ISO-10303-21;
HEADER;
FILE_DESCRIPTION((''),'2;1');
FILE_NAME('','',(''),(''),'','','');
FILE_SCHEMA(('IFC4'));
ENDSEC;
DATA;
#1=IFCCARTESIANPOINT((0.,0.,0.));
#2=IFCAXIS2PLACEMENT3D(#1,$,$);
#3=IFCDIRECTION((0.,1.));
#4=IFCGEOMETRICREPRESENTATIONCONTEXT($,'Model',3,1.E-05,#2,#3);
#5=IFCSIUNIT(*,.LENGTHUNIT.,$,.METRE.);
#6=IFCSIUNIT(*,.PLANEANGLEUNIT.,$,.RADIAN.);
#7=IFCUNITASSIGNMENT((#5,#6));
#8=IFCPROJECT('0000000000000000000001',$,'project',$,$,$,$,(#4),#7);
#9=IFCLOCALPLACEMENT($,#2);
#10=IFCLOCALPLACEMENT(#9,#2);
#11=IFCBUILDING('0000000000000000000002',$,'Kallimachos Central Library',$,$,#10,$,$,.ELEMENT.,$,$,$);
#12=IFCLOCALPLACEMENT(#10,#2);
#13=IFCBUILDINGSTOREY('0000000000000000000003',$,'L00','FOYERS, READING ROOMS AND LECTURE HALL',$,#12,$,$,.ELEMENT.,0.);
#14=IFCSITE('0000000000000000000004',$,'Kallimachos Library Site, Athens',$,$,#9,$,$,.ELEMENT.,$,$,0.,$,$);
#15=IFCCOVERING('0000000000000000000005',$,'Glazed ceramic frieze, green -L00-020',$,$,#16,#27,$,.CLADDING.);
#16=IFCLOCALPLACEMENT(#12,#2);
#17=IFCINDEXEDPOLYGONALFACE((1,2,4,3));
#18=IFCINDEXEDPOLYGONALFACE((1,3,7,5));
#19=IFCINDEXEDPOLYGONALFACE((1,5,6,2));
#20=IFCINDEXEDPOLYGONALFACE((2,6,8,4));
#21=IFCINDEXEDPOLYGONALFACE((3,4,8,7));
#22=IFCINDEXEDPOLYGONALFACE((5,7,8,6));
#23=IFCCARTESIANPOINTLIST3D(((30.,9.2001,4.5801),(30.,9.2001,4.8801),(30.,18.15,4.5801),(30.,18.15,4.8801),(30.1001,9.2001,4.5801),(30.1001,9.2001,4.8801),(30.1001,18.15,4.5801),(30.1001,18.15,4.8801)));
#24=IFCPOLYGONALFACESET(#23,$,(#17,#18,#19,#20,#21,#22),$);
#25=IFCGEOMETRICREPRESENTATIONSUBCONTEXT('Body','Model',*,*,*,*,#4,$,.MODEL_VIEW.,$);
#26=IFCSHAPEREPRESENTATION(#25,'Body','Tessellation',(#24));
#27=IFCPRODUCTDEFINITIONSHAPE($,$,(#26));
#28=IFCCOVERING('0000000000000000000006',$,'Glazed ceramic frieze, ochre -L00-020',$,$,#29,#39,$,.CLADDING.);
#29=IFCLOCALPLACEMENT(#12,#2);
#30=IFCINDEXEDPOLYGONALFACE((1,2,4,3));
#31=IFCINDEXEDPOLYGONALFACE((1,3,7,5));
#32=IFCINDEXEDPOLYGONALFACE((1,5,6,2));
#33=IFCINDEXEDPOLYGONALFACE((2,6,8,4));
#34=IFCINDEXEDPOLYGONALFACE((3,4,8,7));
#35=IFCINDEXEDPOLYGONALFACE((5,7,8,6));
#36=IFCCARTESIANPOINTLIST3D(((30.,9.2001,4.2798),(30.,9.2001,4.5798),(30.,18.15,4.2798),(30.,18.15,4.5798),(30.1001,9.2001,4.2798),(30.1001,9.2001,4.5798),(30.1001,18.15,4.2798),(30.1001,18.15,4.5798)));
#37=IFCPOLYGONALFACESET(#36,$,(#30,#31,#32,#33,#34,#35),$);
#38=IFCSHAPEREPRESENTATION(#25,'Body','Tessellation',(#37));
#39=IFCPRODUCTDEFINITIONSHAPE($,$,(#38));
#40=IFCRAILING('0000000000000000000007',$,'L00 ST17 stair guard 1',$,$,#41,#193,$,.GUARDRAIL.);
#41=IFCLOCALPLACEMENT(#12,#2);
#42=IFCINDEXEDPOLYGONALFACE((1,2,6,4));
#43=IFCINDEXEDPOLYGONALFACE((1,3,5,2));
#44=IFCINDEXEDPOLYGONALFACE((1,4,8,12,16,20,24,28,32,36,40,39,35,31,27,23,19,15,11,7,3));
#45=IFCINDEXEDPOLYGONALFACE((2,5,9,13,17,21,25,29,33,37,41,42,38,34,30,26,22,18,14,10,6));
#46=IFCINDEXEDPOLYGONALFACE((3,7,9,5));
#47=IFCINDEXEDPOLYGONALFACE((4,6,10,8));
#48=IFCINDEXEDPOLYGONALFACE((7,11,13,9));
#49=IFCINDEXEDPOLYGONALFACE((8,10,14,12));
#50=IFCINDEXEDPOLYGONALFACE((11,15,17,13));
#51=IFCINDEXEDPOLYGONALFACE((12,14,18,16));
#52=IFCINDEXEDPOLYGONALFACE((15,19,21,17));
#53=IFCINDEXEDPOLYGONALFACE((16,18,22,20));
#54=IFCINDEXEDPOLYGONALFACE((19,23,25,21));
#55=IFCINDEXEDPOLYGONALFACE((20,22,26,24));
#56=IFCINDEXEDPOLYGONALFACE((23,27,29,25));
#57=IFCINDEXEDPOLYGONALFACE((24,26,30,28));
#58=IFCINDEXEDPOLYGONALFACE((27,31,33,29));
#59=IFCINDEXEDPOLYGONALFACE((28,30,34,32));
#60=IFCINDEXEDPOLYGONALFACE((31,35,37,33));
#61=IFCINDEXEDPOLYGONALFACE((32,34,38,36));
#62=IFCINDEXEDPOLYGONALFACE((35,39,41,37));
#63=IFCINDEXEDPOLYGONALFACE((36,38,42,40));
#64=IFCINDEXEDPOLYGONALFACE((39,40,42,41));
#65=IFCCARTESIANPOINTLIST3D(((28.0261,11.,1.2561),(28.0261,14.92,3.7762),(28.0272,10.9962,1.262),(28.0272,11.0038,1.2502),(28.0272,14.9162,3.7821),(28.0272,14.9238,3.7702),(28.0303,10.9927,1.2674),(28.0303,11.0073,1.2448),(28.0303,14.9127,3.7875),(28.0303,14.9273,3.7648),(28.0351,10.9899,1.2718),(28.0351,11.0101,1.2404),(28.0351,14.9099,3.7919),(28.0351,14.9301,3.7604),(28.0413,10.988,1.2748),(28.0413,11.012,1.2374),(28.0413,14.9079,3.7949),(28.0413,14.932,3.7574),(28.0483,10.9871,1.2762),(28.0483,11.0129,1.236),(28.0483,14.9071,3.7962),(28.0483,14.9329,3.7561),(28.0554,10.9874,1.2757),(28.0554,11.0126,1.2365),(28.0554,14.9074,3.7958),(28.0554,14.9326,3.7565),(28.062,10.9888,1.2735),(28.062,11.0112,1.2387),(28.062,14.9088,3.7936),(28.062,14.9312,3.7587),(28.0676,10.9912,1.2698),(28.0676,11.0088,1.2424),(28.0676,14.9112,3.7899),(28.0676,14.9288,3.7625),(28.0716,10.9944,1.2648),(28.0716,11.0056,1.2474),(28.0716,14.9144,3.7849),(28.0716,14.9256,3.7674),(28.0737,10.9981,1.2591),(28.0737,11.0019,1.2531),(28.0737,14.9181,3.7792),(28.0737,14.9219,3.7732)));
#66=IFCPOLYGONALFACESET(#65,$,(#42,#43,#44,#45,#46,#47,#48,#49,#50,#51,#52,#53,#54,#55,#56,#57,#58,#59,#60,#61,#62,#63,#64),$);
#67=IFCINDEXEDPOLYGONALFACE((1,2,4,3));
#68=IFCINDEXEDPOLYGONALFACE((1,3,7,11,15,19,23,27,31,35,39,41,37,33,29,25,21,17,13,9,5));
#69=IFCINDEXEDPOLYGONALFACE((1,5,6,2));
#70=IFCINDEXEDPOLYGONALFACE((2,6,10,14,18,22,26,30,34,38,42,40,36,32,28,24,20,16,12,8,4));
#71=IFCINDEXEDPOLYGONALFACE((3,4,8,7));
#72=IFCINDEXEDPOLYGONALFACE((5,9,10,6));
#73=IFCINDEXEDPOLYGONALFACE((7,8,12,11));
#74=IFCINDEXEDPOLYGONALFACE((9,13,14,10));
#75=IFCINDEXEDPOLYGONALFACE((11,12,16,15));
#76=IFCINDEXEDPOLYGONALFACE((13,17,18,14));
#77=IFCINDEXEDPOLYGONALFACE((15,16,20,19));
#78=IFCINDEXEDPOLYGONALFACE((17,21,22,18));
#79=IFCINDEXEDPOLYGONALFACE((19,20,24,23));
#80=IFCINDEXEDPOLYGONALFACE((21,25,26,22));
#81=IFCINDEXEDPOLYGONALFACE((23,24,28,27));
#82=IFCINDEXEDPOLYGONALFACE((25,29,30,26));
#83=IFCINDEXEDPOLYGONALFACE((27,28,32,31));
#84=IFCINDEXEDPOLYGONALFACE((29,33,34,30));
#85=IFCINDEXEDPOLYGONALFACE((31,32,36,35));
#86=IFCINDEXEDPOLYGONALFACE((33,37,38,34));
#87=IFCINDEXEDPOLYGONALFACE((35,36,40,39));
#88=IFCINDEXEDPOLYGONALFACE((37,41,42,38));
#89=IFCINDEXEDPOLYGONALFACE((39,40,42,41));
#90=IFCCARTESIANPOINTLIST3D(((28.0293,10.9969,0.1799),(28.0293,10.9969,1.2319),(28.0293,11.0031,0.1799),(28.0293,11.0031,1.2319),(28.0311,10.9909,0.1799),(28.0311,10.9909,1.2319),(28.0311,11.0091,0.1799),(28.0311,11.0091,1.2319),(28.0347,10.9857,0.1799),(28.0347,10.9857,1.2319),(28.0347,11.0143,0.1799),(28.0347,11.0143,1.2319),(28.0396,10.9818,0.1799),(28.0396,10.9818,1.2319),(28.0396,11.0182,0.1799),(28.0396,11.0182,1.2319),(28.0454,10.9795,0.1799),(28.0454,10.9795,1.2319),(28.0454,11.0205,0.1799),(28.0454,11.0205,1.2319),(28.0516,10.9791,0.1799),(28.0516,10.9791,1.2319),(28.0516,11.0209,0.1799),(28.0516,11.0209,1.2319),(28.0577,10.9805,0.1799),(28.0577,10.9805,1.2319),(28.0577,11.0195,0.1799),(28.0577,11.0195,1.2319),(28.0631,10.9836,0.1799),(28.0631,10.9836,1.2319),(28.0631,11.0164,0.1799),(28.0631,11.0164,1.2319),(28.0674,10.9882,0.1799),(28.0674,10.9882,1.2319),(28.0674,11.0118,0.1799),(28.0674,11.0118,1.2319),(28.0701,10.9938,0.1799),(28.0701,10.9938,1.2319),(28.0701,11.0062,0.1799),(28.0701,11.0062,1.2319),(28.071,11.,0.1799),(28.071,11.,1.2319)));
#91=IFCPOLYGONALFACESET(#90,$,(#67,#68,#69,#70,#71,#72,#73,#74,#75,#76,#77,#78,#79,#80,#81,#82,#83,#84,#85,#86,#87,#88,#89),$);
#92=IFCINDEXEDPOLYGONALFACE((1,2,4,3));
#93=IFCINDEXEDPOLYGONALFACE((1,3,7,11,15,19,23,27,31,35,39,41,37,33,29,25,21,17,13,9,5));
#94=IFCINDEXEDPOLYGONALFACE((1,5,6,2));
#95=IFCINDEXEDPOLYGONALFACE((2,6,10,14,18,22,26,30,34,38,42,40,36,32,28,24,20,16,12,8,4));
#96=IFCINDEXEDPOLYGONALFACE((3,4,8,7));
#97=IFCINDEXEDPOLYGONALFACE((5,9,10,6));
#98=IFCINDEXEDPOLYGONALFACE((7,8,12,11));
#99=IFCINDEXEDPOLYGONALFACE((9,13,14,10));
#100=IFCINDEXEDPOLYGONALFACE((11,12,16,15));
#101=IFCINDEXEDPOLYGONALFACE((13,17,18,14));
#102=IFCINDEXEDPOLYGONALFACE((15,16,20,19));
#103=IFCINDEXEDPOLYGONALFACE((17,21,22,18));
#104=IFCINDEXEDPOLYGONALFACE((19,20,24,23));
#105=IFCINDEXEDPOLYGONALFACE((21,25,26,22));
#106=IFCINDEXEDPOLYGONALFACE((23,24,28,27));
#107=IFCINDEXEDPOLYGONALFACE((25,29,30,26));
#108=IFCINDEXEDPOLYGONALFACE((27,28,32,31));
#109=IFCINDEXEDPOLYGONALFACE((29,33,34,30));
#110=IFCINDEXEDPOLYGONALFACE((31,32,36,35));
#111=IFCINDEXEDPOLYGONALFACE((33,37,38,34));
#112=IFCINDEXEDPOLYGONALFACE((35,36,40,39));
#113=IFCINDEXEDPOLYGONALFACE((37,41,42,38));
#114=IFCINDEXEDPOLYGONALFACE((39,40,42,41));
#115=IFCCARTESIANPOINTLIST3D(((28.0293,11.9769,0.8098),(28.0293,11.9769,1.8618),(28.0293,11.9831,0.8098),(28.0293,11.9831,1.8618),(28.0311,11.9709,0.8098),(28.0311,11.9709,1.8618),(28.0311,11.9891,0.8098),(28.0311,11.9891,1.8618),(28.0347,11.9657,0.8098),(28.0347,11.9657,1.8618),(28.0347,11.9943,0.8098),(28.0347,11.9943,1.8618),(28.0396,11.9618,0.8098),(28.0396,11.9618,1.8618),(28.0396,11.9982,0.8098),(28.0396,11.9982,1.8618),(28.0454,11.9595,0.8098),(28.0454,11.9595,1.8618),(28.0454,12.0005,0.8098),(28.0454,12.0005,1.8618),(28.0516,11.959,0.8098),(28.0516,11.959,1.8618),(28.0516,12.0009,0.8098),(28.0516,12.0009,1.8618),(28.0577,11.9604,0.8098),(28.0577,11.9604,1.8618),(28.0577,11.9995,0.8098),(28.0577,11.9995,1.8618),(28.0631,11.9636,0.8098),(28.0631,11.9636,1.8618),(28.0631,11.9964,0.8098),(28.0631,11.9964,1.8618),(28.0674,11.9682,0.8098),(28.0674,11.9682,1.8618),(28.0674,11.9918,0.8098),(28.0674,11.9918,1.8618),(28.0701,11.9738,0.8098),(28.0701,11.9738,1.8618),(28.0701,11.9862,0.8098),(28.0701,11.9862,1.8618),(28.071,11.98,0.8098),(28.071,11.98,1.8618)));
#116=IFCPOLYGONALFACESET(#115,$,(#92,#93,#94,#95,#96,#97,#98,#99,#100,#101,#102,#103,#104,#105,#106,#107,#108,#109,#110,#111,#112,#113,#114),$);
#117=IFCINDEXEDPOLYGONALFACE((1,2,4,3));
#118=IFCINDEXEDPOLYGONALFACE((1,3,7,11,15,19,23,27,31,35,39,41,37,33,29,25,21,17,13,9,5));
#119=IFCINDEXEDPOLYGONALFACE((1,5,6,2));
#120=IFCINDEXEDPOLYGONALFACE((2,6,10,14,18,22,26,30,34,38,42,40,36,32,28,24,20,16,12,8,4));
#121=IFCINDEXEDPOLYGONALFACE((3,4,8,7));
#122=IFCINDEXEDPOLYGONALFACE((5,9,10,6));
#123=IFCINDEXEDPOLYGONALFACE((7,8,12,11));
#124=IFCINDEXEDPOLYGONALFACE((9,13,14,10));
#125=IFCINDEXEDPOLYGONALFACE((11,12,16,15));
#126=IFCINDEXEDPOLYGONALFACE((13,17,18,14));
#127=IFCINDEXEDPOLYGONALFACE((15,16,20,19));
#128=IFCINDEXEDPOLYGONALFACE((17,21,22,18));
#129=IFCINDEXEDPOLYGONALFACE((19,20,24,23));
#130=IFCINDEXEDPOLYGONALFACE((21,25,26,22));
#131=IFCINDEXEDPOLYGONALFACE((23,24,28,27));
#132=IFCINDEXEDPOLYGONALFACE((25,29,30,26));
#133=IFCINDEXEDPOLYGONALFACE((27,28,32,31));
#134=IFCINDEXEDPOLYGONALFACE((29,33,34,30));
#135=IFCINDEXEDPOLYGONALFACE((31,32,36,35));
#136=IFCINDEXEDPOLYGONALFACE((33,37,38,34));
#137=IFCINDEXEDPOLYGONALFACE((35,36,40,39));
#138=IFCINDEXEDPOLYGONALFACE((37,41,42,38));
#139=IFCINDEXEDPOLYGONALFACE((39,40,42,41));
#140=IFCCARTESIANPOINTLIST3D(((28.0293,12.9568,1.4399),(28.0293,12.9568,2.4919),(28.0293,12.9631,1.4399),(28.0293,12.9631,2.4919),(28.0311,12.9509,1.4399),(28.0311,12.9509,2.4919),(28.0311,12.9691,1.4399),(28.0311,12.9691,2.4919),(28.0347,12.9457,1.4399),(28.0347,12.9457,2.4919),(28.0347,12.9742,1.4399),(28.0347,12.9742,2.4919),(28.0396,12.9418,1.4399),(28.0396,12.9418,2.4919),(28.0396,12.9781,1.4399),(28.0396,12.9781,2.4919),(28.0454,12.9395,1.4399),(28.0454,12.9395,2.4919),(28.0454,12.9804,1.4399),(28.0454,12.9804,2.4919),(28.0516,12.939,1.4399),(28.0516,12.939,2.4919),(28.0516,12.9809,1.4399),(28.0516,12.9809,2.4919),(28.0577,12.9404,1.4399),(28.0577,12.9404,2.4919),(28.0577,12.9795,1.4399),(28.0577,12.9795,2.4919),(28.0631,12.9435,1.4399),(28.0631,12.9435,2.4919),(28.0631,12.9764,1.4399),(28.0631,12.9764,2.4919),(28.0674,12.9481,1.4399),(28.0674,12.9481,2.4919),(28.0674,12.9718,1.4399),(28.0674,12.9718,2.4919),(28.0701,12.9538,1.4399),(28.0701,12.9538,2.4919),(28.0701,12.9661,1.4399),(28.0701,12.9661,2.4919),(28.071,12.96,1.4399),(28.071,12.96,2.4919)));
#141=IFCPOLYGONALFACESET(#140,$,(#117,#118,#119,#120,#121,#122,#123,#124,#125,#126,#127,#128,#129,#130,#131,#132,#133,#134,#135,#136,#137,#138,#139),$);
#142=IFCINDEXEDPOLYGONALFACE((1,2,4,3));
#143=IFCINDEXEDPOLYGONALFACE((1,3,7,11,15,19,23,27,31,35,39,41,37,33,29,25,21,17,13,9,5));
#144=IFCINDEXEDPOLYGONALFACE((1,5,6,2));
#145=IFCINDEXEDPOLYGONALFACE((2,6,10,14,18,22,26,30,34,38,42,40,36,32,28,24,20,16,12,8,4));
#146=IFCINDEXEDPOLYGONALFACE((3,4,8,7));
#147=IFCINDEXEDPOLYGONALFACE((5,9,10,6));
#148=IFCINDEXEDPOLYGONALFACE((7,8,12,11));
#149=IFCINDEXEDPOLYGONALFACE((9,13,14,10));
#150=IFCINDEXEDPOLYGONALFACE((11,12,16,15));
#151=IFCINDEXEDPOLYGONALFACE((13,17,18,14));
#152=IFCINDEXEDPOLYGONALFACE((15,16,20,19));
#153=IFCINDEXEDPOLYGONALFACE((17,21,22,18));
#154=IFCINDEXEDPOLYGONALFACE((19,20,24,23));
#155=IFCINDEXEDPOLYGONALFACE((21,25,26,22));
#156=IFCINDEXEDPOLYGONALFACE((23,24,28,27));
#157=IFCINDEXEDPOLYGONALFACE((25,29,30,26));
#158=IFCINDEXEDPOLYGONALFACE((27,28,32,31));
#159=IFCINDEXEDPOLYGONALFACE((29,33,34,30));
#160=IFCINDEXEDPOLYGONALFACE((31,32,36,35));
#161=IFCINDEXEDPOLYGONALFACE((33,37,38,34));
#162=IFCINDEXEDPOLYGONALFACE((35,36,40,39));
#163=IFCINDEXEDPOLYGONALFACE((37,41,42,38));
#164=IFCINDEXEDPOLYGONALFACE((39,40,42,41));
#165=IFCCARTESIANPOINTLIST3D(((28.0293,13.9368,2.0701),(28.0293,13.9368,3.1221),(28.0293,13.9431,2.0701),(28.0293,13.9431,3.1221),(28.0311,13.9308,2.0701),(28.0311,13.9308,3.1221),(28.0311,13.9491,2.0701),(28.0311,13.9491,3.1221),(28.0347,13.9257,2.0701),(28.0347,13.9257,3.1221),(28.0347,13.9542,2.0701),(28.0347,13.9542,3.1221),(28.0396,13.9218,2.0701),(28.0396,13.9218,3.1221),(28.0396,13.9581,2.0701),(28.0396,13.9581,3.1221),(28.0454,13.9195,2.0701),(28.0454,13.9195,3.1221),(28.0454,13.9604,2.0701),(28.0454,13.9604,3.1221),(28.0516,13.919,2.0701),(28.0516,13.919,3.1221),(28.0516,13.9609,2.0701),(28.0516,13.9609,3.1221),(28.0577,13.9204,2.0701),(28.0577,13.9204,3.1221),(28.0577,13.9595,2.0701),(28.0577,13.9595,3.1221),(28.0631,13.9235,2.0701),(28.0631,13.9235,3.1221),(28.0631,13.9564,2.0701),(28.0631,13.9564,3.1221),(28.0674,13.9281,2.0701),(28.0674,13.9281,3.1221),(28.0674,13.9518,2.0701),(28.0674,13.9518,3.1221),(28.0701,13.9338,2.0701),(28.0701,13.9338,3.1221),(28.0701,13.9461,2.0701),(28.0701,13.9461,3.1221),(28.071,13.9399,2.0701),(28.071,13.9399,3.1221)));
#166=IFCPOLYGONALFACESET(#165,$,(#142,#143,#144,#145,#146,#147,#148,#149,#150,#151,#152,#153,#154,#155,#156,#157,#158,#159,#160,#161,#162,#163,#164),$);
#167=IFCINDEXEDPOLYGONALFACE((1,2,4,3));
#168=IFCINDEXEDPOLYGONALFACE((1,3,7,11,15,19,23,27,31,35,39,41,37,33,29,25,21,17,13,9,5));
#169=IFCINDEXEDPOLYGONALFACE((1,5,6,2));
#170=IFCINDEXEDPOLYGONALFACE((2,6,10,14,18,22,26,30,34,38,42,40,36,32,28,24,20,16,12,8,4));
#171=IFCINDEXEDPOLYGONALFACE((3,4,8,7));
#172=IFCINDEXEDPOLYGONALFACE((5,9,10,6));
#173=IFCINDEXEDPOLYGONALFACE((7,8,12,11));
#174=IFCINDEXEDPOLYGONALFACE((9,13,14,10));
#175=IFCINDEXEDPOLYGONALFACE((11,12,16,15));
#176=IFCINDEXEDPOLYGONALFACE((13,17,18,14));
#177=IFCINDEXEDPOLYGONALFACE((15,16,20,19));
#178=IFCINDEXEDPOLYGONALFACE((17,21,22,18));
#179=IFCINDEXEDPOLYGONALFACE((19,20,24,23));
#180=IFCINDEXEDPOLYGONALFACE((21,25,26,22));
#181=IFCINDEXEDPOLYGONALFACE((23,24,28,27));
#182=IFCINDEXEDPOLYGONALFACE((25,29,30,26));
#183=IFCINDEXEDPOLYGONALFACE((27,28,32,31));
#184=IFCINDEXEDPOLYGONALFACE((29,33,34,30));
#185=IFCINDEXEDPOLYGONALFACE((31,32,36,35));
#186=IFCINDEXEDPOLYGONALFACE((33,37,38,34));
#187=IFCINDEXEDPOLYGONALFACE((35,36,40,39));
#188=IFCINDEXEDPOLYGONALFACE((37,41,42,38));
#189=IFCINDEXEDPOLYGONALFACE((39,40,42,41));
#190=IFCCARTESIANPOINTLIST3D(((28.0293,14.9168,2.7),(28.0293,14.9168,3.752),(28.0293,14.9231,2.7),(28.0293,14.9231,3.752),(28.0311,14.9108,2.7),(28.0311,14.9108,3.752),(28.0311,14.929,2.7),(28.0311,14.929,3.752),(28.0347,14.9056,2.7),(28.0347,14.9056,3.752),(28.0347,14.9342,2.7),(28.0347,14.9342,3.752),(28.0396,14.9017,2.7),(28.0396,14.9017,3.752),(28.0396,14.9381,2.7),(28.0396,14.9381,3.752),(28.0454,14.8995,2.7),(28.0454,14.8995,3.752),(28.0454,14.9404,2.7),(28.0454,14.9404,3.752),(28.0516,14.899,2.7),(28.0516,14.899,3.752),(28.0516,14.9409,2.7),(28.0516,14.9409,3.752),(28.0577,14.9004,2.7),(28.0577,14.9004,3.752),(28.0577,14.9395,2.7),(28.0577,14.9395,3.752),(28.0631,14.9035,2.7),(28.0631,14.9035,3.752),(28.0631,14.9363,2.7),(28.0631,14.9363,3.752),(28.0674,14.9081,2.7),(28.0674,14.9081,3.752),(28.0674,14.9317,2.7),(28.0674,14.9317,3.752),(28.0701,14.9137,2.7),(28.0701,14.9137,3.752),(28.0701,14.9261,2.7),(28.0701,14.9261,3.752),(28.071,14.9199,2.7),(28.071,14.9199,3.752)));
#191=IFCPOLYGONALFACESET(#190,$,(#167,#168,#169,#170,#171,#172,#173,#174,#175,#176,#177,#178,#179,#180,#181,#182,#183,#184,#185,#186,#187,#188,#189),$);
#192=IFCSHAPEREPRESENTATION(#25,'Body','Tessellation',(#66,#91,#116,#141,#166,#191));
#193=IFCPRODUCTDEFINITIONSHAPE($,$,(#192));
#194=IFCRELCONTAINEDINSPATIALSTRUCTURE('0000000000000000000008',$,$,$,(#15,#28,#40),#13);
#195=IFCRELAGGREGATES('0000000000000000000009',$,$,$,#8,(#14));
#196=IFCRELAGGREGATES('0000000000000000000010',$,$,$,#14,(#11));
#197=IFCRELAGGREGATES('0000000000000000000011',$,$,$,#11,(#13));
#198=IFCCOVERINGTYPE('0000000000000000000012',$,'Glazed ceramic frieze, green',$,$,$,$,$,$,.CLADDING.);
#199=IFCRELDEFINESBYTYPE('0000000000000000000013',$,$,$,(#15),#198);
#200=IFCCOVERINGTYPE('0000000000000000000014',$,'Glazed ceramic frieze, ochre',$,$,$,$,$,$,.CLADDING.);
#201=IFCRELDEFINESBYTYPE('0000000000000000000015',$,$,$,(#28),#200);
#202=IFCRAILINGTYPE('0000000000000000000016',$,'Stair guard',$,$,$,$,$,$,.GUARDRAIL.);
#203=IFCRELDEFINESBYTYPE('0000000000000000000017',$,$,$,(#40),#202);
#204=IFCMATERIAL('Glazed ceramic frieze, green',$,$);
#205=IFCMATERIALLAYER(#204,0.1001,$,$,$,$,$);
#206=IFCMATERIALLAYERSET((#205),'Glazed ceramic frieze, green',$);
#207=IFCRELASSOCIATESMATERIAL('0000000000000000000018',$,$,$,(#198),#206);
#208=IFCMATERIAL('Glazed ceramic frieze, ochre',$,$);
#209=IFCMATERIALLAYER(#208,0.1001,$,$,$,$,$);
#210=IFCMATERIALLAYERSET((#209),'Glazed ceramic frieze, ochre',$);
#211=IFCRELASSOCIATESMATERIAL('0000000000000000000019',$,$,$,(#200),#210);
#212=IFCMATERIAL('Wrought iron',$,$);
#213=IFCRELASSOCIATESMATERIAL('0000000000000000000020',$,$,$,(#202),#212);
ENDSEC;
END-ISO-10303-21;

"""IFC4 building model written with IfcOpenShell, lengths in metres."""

from ifc_helpers import new_model, si_unit, direction, frame, origin, origin_2d, place, context, subcontext, project, spatial, rectangle, circle, extrude, material, layer, layer_set, type_object, element, save


model = new_model("IFC4")

# Units and contexts
model_context = context("Model", 3, precision=1e-05, world=origin(), true_north=direction((0.0, 1.0)))
body_context = subcontext(model_context, "Body", "Model", "MODEL_VIEW")
ifc_project = project(units=[si_unit("LENGTHUNIT", "METRE"), si_unit("PLANEANGLEUNIT", "RADIAN")], contexts=[model_context])

# Site, building, storey
site_placement = place(None, origin())
site = spatial("IfcSite", under=ifc_project, at=site_placement, Name="Kallimachos Library Site, Athens", CompositionType="ELEMENT", RefElevation=0.0)
building_placement = place(site_placement, origin())
building = spatial("IfcBuilding", under=site, at=building_placement, Name="Kallimachos Central Library", CompositionType="ELEMENT")
storey_placement = place(building_placement, origin())
storey = spatial("IfcBuildingStorey", under=building, at=storey_placement, Name="L00", Description="FOYERS, READING ROOMS AND LECTURE HALL", CompositionType="ELEMENT", Elevation=0.0)

# Coverings
ifc_material_1 = material(Name="Glazed ceramic frieze, green")
ifc_layer_1 = layer(ifc_material_1, 0.1001)
ifc_layer_set_1 = layer_set([ifc_layer_1], Name="Glazed ceramic frieze, green")
covering_type_1 = type_object("IfcCoveringType", Name="Glazed ceramic frieze, green", PredefinedType="CLADDING", material=ifc_layer_set_1)
covering_1_placement = place(storey_placement, frame((30.05, 13.675, 4.5801), z_axis=(0.0, 0.0, 1.0), x_axis=(1.0, 0.0, 0.0)))
element("IfcCovering", 1, at=covering_1_placement, inside=storey, type_object=covering_type_1, Name="Glazed ceramic frieze, green -L00-020", PredefinedType="CLADDING", context=body_context, shape_type="SweptSolid", body=[
    extrude(rectangle(XDim=0.1001, YDim=8.95, at=origin_2d()), origin(), (0.0, 0.0, 1.0), 0.3),
])
ifc_material_2 = material(Name="Glazed ceramic frieze, ochre")
ifc_layer_2 = layer(ifc_material_2, 0.1001)
ifc_layer_set_2 = layer_set([ifc_layer_2], Name="Glazed ceramic frieze, ochre")
covering_type_2 = type_object("IfcCoveringType", Name="Glazed ceramic frieze, ochre", PredefinedType="CLADDING", material=ifc_layer_set_2)
covering_2_placement = place(storey_placement, frame((30.05, 13.675, 4.2798), z_axis=(0.0, 0.0, 1.0), x_axis=(1.0, 0.0, 0.0)))
element("IfcCovering", 2, at=covering_2_placement, inside=storey, type_object=covering_type_2, Name="Glazed ceramic frieze, ochre -L00-020", PredefinedType="CLADDING", context=body_context, shape_type="SweptSolid", body=[
    extrude(rectangle(XDim=0.1001, YDim=8.95, at=origin_2d()), origin(), (0.0, 0.0, 1.0), 0.3),
])

# Railing
ifc_material_3 = material(Name="Wrought iron")
railing_type_1 = type_object("IfcRailingType", Name="Stair guard", PredefinedType="GUARDRAIL", material=ifc_material_3)
railing_1_placement = place(storey_placement, frame((28.05, 11.0, 0.1799)))
element("IfcRailing", 3, at=railing_1_placement, inside=storey, type_object=railing_type_1, Name="L00 ST17 stair guard 1", PredefinedType="GUARDRAIL", context=body_context, shape_type="SweptSolid", body=[
    extrude(circle(Radius=0.0239, at=origin_2d()), frame((0.0, 0.0, 1.0762), z_axis=(0.0, 0.841172, 0.540768), x_axis=(-1.0, 0.0, 0.0)), (0.0, 0.0, 1.0), 4.6602),
    extrude(circle(Radius=0.021, at=origin_2d()), origin(), (0.0, 0.0, 1.0), 1.052),
    extrude(circle(Radius=0.021, at=origin_2d()), frame((0.0, 0.98, 0.6299)), (0.0, 0.0, 1.0), 1.052),
    extrude(circle(Radius=0.021, at=origin_2d()), frame((0.0, 1.96, 1.26)), (0.0, 0.0, 1.0), 1.052),
    extrude(circle(Radius=0.021, at=origin_2d()), frame((0.0, 2.9399, 1.8901)), (0.0, 0.0, 1.0), 1.052),
    extrude(circle(Radius=0.021, at=origin_2d()), frame((0.0, 3.9199, 2.52)), (0.0, 0.0, 1.0), 1.052),
])

save(model, "model.ifc")
